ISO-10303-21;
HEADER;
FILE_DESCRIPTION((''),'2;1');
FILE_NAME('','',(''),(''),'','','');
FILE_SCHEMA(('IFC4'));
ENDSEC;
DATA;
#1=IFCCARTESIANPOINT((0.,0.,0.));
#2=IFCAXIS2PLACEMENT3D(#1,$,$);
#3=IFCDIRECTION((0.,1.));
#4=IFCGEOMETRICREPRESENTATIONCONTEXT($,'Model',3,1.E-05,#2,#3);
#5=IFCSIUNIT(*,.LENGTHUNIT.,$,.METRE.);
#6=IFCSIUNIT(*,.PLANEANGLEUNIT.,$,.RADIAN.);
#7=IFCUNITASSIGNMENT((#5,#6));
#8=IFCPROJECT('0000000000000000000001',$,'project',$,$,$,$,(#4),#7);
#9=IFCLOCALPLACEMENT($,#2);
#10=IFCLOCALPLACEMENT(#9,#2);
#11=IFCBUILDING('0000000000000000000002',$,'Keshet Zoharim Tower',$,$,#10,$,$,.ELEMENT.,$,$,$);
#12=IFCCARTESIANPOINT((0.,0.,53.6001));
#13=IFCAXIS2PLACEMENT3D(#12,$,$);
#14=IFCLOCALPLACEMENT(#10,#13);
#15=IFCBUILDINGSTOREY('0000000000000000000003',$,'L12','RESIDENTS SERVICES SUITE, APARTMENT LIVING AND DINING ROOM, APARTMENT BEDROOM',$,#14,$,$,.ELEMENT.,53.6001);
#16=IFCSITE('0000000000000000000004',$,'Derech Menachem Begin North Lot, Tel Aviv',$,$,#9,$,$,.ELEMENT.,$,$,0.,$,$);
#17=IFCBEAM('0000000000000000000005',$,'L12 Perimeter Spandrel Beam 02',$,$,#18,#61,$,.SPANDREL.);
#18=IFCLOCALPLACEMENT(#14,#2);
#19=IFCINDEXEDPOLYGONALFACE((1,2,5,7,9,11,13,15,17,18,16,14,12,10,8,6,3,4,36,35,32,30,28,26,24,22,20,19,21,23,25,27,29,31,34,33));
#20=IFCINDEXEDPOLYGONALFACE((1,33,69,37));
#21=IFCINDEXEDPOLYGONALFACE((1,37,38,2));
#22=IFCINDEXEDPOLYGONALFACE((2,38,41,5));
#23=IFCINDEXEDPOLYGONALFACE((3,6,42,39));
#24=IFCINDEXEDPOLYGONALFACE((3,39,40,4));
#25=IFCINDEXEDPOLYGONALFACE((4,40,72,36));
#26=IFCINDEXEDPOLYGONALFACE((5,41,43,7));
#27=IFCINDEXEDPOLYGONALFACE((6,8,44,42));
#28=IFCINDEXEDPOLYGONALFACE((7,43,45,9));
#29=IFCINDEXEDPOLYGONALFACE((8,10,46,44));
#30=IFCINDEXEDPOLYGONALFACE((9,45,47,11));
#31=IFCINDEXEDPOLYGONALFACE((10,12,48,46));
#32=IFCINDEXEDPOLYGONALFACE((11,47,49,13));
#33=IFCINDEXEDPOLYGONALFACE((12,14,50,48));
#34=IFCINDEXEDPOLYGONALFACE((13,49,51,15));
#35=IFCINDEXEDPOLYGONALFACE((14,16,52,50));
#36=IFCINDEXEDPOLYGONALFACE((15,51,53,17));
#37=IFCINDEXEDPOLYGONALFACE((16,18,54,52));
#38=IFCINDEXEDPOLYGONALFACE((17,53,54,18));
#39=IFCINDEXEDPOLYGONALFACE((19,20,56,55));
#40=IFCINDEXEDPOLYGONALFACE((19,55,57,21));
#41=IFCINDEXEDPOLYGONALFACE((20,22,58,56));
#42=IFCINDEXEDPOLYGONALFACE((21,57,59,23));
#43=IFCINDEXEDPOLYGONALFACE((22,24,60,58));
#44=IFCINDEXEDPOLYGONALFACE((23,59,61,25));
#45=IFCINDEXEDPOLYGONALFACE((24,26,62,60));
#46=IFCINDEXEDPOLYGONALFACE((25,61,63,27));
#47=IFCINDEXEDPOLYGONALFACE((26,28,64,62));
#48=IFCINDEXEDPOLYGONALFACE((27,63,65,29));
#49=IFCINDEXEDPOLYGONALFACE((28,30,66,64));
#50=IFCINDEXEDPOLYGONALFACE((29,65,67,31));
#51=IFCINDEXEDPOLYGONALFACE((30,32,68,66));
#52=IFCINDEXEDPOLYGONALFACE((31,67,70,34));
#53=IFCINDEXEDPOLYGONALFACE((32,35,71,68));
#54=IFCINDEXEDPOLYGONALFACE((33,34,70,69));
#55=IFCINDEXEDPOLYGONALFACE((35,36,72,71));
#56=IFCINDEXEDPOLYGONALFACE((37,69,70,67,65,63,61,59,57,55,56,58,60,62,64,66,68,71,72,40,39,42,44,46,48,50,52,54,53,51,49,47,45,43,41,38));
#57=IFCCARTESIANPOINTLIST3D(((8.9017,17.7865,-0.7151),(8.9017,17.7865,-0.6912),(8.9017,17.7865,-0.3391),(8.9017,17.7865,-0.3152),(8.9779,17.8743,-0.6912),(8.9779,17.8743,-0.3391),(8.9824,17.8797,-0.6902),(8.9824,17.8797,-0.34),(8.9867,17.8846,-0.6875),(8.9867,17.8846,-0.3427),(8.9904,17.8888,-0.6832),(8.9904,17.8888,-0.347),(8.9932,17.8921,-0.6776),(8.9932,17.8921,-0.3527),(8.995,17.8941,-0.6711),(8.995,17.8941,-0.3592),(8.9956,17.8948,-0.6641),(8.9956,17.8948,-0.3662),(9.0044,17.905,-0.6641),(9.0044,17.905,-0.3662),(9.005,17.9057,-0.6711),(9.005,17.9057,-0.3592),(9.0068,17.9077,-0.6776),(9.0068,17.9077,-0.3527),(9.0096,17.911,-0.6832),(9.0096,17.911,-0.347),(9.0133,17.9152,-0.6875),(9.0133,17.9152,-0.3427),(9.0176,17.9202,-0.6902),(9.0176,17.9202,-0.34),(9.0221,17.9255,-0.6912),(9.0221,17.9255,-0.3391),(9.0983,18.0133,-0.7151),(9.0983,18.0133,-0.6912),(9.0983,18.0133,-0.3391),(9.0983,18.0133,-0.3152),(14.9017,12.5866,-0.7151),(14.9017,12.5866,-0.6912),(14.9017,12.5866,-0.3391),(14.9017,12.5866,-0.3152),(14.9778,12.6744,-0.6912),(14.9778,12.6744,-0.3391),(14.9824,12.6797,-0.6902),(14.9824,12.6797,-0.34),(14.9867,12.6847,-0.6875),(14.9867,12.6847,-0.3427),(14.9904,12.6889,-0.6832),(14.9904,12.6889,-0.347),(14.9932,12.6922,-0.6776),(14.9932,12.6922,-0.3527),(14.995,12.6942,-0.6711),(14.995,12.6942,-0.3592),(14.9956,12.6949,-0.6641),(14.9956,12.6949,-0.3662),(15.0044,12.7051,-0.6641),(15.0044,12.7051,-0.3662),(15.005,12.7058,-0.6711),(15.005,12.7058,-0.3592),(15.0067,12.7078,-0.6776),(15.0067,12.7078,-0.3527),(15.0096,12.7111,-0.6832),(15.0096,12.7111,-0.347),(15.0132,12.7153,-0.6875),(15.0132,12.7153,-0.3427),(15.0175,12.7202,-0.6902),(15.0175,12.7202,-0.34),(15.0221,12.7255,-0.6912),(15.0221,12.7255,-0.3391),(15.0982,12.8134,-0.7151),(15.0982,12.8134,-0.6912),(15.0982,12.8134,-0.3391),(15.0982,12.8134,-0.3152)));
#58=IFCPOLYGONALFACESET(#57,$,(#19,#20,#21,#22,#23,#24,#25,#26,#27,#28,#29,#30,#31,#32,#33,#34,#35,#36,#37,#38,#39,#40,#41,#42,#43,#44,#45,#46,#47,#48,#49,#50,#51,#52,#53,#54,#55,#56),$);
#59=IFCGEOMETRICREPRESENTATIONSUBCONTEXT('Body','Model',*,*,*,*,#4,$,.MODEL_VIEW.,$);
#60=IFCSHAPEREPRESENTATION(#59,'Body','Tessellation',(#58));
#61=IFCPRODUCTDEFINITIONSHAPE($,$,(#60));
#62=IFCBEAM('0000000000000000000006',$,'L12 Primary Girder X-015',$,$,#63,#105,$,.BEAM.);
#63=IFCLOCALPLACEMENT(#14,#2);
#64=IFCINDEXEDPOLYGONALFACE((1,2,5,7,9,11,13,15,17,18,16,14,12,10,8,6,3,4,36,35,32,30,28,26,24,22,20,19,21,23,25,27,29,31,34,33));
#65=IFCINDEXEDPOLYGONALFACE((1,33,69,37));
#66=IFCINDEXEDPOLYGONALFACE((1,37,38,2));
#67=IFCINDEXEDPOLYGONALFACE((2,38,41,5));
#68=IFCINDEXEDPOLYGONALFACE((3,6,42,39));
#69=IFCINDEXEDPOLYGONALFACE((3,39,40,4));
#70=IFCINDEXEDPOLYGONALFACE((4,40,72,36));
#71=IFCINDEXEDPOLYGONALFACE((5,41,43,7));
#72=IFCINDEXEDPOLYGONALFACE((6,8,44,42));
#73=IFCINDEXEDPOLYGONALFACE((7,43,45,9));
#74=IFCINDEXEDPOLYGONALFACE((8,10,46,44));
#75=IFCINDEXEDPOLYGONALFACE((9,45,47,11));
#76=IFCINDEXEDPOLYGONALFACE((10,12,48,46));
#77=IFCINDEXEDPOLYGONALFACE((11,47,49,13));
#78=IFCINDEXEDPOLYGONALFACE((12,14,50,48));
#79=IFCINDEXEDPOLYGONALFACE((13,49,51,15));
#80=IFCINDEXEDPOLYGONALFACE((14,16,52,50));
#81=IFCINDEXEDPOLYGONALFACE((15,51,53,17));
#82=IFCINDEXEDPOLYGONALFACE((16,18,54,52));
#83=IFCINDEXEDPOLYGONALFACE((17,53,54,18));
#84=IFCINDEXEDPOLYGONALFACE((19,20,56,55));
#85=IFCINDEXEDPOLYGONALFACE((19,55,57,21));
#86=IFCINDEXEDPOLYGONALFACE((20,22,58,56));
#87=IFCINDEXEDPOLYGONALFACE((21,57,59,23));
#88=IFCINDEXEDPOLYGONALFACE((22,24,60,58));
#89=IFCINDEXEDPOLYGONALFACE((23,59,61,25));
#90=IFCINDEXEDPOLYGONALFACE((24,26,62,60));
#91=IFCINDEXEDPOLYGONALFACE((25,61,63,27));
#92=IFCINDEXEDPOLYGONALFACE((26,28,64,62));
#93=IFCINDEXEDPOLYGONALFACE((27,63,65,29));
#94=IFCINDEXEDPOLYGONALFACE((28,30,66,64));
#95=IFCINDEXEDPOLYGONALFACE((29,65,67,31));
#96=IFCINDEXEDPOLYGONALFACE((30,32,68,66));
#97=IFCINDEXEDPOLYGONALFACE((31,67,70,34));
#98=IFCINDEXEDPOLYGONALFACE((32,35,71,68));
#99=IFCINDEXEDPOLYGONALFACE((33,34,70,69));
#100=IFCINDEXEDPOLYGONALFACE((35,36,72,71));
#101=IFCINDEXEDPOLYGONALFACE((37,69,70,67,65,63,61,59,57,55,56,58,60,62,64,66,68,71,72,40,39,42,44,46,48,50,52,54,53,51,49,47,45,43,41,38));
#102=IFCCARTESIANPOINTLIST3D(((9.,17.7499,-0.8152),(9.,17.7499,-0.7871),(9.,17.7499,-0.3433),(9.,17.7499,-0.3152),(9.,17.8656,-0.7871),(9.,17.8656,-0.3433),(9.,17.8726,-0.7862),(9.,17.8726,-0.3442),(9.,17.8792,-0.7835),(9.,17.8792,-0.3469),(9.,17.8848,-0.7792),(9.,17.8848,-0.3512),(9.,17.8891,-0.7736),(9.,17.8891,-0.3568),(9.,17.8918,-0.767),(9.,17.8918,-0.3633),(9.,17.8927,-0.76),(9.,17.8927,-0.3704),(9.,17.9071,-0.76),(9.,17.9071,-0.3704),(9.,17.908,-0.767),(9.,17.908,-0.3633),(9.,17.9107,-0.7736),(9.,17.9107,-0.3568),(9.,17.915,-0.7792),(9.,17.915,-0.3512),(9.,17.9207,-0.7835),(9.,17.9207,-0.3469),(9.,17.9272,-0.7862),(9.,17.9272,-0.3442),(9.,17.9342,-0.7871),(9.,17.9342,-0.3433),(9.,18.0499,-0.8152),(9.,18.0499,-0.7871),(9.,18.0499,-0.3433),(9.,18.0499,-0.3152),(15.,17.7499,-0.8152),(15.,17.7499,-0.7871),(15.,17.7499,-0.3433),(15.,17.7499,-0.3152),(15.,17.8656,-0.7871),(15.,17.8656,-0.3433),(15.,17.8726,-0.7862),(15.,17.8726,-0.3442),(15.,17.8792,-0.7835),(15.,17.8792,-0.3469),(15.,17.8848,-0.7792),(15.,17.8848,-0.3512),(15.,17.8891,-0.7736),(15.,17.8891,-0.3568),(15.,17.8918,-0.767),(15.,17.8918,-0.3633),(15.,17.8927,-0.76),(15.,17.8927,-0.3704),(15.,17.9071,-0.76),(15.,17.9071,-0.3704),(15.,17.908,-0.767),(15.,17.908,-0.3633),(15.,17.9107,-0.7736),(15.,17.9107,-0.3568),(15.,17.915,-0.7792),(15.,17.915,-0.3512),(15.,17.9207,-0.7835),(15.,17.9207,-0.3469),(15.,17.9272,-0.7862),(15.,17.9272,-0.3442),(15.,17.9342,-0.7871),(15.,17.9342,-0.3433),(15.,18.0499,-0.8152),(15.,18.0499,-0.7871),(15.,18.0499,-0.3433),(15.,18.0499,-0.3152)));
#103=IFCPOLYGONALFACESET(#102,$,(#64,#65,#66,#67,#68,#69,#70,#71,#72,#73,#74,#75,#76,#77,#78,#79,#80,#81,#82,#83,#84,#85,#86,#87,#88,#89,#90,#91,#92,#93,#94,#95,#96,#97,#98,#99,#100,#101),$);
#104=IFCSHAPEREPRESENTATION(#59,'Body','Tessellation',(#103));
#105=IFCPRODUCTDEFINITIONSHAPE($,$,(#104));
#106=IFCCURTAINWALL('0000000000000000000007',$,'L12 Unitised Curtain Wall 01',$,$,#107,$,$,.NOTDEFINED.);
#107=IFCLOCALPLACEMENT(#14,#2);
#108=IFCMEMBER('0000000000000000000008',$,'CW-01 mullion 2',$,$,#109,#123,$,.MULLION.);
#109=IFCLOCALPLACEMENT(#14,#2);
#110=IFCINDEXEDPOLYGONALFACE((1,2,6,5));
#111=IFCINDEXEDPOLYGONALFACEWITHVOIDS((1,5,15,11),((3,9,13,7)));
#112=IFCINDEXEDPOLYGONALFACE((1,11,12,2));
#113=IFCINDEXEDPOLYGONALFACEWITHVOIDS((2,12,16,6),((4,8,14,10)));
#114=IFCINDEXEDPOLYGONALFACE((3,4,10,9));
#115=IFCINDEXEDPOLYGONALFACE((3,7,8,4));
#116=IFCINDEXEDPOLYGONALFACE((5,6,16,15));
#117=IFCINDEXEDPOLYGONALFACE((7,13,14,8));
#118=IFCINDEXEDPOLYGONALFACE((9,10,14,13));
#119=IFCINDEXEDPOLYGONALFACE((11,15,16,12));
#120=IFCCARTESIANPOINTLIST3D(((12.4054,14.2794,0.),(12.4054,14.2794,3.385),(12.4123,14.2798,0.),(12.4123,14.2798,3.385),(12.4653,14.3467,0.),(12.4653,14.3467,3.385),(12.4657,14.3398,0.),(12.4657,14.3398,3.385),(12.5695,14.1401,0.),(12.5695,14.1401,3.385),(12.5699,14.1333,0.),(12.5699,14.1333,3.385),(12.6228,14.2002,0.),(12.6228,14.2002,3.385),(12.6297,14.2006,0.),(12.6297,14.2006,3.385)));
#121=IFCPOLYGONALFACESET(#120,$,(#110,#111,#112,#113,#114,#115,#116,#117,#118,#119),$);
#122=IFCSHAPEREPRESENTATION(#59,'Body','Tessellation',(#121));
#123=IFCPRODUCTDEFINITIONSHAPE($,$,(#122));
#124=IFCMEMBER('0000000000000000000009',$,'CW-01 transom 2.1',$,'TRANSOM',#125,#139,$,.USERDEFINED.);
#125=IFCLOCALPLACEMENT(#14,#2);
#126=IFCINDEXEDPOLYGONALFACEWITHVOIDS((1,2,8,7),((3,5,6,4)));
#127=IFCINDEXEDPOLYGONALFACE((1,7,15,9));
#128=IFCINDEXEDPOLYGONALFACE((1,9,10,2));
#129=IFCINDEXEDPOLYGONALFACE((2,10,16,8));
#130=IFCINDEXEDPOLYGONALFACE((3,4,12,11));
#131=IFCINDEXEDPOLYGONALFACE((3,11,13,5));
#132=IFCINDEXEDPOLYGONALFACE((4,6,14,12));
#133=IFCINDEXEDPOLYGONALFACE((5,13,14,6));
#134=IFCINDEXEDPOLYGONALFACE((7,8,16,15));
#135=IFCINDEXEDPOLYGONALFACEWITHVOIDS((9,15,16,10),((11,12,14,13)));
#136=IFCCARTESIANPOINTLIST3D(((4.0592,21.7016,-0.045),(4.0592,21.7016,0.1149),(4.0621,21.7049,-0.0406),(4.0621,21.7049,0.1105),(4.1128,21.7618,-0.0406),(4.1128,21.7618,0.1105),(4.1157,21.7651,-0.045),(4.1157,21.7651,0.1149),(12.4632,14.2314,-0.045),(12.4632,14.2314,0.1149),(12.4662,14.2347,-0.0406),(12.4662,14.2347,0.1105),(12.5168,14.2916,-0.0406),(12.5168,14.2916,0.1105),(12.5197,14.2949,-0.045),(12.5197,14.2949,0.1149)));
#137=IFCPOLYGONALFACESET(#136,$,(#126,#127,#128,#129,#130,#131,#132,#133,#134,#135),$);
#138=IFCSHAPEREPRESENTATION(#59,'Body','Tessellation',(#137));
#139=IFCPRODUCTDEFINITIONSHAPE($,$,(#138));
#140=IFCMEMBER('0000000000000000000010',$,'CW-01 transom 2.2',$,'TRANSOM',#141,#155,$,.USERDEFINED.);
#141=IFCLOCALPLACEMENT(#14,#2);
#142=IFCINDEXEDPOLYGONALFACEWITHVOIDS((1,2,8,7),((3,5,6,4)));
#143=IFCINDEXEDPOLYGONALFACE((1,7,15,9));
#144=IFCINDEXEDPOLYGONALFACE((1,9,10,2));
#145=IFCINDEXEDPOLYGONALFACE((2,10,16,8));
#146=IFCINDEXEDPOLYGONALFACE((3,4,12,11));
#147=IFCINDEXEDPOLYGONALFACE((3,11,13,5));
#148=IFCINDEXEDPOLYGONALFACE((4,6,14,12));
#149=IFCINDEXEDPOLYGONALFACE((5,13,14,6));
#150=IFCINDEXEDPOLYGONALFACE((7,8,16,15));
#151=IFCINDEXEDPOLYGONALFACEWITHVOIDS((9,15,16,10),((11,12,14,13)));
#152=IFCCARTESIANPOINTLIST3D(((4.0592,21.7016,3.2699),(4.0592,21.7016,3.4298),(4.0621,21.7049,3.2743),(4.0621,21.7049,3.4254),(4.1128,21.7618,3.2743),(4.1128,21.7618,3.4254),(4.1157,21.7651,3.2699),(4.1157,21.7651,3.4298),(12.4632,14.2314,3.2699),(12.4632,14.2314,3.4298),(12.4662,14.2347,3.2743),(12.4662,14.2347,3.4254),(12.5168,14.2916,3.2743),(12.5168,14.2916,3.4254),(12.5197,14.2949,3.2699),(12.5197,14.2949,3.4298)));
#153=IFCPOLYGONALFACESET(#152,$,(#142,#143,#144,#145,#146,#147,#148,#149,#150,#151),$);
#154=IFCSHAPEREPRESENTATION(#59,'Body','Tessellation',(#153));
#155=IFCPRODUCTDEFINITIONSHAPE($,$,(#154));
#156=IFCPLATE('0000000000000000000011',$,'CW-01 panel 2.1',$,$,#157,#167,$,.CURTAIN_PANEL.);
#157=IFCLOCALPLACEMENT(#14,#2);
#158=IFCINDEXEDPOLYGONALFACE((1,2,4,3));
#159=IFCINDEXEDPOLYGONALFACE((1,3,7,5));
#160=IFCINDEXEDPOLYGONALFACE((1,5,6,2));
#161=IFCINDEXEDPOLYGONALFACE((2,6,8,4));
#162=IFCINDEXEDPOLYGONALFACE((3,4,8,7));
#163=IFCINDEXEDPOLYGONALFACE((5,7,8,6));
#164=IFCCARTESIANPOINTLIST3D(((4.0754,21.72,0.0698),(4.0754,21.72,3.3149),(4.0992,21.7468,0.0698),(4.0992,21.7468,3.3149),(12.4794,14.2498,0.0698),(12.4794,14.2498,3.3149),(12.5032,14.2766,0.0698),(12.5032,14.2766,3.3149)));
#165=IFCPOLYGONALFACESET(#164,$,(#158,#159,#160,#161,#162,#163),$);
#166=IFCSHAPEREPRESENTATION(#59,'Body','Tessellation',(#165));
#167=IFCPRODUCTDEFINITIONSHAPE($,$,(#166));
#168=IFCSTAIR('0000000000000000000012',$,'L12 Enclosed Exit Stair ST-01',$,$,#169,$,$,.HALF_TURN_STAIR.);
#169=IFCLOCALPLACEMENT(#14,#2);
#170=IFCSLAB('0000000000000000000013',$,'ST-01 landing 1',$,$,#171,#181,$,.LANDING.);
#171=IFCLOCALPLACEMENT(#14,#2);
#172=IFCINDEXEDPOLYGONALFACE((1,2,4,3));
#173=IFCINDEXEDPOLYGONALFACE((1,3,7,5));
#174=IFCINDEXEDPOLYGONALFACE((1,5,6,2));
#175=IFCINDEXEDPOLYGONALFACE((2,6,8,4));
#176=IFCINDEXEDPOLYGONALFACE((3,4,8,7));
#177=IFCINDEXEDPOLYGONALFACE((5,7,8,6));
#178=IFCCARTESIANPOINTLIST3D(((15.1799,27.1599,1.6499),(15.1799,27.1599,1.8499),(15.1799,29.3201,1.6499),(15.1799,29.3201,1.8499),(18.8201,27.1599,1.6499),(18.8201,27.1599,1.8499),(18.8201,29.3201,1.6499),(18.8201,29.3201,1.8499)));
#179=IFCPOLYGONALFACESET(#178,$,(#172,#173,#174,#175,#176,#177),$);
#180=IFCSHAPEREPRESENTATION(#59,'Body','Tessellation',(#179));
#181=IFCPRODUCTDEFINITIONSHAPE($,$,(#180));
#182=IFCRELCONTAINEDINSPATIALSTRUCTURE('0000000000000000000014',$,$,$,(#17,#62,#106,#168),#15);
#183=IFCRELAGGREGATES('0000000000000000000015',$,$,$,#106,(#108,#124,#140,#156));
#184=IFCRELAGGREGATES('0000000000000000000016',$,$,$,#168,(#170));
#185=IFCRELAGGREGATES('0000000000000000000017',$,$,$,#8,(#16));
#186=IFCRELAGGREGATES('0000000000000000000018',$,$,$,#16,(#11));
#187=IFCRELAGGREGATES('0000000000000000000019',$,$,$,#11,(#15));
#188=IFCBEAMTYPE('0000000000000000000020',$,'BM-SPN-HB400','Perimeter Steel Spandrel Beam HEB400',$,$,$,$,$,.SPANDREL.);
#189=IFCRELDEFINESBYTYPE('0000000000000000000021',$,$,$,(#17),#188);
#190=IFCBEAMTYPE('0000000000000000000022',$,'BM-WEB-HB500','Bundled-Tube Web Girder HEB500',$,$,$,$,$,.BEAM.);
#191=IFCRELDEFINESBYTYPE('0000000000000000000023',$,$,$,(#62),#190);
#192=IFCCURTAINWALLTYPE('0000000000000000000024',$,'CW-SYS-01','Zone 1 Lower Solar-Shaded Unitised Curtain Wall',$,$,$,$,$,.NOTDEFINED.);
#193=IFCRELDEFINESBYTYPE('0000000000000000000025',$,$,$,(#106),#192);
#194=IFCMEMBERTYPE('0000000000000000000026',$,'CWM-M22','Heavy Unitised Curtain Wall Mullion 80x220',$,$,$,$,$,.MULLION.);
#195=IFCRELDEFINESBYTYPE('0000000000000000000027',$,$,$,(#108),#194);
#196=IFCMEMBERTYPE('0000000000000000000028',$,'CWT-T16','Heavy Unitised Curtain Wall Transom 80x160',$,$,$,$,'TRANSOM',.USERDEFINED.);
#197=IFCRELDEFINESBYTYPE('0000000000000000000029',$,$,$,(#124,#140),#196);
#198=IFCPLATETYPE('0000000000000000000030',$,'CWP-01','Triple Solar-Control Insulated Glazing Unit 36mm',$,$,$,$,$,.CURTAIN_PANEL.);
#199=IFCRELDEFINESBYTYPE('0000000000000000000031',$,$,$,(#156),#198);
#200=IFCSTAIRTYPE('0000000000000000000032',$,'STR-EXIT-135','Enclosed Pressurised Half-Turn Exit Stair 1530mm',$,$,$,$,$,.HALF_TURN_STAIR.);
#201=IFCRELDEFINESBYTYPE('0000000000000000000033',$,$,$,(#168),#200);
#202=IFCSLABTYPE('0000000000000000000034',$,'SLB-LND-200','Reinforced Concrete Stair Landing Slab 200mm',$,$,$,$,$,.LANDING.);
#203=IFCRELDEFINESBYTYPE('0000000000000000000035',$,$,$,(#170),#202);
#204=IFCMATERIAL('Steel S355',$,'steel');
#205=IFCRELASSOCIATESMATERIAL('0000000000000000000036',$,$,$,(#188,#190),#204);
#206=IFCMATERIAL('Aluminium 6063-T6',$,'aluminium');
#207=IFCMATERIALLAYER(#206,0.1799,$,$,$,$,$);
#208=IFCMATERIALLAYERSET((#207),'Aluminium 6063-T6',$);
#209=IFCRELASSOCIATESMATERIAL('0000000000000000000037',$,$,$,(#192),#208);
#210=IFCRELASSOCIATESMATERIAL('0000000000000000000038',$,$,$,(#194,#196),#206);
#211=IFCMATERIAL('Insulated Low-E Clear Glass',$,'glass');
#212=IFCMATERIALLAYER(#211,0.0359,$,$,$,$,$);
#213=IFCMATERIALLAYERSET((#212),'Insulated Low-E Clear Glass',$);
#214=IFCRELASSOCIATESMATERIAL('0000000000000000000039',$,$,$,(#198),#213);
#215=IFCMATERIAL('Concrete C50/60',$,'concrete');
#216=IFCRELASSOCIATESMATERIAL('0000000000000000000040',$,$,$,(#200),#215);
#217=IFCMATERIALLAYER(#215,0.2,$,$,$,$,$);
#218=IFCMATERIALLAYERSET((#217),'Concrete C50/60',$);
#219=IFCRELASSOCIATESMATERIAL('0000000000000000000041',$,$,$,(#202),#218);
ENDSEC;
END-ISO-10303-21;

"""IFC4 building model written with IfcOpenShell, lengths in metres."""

from ifc_helpers import new_model, si_unit, direction, frame, origin, origin_2d, place, context, subcontext, project, spatial, polyline, rectangle, hollow_rectangle, i_section, outline, extrude, material, layer, layer_set, material_profile, profile_set, type_object, element, aggregate, save


model = new_model("IFC4")

# Units and contexts
model_context = context("Model", 3, precision=1e-05, world=origin(), true_north=direction((0.0, 1.0)))
body_context = subcontext(model_context, "Body", "Model", "MODEL_VIEW")
ifc_project = project(units=[si_unit("LENGTHUNIT", "METRE"), si_unit("PLANEANGLEUNIT", "RADIAN")], contexts=[model_context])

# Site, building, storey
site_placement = place(None, origin())
site = spatial("IfcSite", under=ifc_project, at=site_placement, Name="Derech Menachem Begin North Lot, Tel Aviv", CompositionType="ELEMENT", RefElevation=0.0)
building_placement = place(site_placement, origin())
building = spatial("IfcBuilding", under=site, at=building_placement, Name="Keshet Zoharim Tower", CompositionType="ELEMENT")
storey_placement = place(building_placement, frame((0.0, 0.0, 53.6001)))
storey = spatial("IfcBuildingStorey", under=building, at=storey_placement, Name="L12", Description="RESIDENTS SERVICES SUITE, APARTMENT LIVING AND DINING ROOM, APARTMENT BEDROOM", CompositionType="ELEMENT", Elevation=53.6001)

# Shared definitions
ifc_material_1 = material(Name="Steel S355", Category="steel")

# Beams
ifc_material_profile_1 = material_profile(ifc_material_1, i_section(OverallWidth=0.3, OverallDepth=0.3999, WebThickness=0.0134, FlangeThickness=0.0239, FilletRadius=0.0271, at=origin_2d()), Name="HEB400")
ifc_profile_set_1 = profile_set([ifc_material_profile_1], Name="Steel S355")
beam_type_1 = type_object("IfcBeamType", Name="BM-SPN-HB400", Description="Perimeter Steel Spandrel Beam HEB400", PredefinedType="SPANDREL", material=ifc_profile_set_1)
beam_1_placement = place(storey_placement, frame((9.0, 17.8999, -0.5151), z_axis=(0.755692, -0.654927, 0.0), x_axis=(0.654927, 0.755692, 0.0)))
element("IfcBeam", 1, at=beam_1_placement, inside=storey, type_object=beam_type_1, Name="L12 Perimeter Spandrel Beam 02", PredefinedType="SPANDREL", context=body_context, shape_type="SweptSolid", body=[
    extrude(i_section(OverallWidth=0.3, OverallDepth=0.3999, WebThickness=0.0134, FlangeThickness=0.0239, FilletRadius=0.0271, at=origin_2d()), origin(), (0.0, 0.0, 1.0), 7.9397),
])
ifc_material_profile_2 = material_profile(ifc_material_1, i_section(OverallWidth=0.3, OverallDepth=0.5, WebThickness=0.0144, FlangeThickness=0.0281, FilletRadius=0.0271, at=origin_2d()), Name="HEB500")
ifc_profile_set_2 = profile_set([ifc_material_profile_2], Name="Steel S355")
beam_type_2 = type_object("IfcBeamType", Name="BM-WEB-HB500", Description="Bundled-Tube Web Girder HEB500", PredefinedType="BEAM", material=ifc_profile_set_2)
beam_2_placement = place(storey_placement, frame((9.0, 17.8999, -0.5652), z_axis=(1.0, 0.0, 0.0), x_axis=(0.0, 1.0, 0.0)))
element("IfcBeam", 2, at=beam_2_placement, inside=storey, type_object=beam_type_2, Name="L12 Primary Girder X-015", PredefinedType="BEAM", context=body_context, shape_type="SweptSolid", body=[
    extrude(i_section(OverallWidth=0.3, OverallDepth=0.5, WebThickness=0.0144, FlangeThickness=0.0281, FilletRadius=0.0271, at=origin_2d()), origin(), (0.0, 0.0, 1.0), 6.0),
])

# Curtain wall, members, plate
ifc_material_2 = material(Name="Aluminium 6063-T6", Category="aluminium")
ifc_layer_1 = layer(ifc_material_2, 0.1799)
ifc_layer_set_1 = layer_set([ifc_layer_1], Name="Aluminium 6063-T6")
curtain_wall_type = type_object("IfcCurtainWallType", Name="CW-SYS-01", Description="Zone 1 Lower Solar-Shaded Unitised Curtain Wall", PredefinedType="NOTDEFINED", material=ifc_layer_set_1)
curtain_wall_placement = place(storey_placement, origin())
curtain_wall = element("IfcCurtainWall", 3, at=curtain_wall_placement, inside=storey, type_object=curtain_wall_type, Name="L12 Unitised Curtain Wall 01", PredefinedType="NOTDEFINED")
ifc_material_profile_3 = material_profile(ifc_material_2, hollow_rectangle(XDim=0.0901, YDim=0.22, WallThickness=0.0049, at=origin_2d()), Name="MUL-90x220")
ifc_profile_set_3 = profile_set([ifc_material_profile_3], Name="Aluminium 6063-T6")
member_type_1 = type_object("IfcMemberType", Name="CWM-M22", Description="Heavy Unitised Curtain Wall Mullion 80x220", PredefinedType="MULLION", material=ifc_profile_set_3)
member_1_placement = place(storey_placement, frame((12.5176, 14.24, 0.0), z_axis=(0.0, 0.0, 1.0), x_axis=(-0.664364, -0.747409, 0.0)))
member_1 = element("IfcMember", 4, at=member_1_placement, type_object=member_type_1, Name="CW-01 mullion 2", PredefinedType="MULLION", context=body_context, shape_type="SweptSolid", body=[
    extrude(hollow_rectangle(XDim=0.0901, YDim=0.22, WallThickness=0.0049, at=origin_2d()), origin(), (0.0, 0.0, 1.0), 3.385),
])
ifc_material_profile_4 = material_profile(ifc_material_2, hollow_rectangle(XDim=0.085, YDim=0.1599, WallThickness=0.0044, at=origin_2d()), Name="TRN-85x160")
ifc_profile_set_4 = profile_set([ifc_material_profile_4], Name="Aluminium 6063-T6")
member_type_2 = type_object("IfcMemberType", Name="CWT-T16", Description="Heavy Unitised Curtain Wall Transom 80x160", ElementType="TRANSOM", PredefinedType="USERDEFINED", material=ifc_profile_set_4)
member_2_placement = place(storey_placement, frame((12.4915, 14.2632, 0.0349), z_axis=(-0.747412, 0.664361, 0.0), x_axis=(-0.664361, -0.747412, 0.0)))
member_2 = element("IfcMember", 5, at=member_2_placement, type_object=member_type_2, Name="CW-01 transom 2.1", ObjectType="TRANSOM", PredefinedType="USERDEFINED", context=body_context, shape_type="SweptSolid", body=[
    extrude(hollow_rectangle(XDim=0.085, YDim=0.1599, WallThickness=0.0044, at=origin_2d()), origin(), (0.0, 0.0, 1.0), 11.2441),
])
member_3_placement = place(storey_placement, frame((12.4915, 14.2632, 3.3499), z_axis=(-0.747412, 0.664361, 0.0), x_axis=(-0.664361, -0.747412, 0.0)))
member_3 = element("IfcMember", 6, at=member_3_placement, type_object=member_type_2, Name="CW-01 transom 2.2", ObjectType="TRANSOM", PredefinedType="USERDEFINED", context=body_context, shape_type="SweptSolid", body=[
    extrude(hollow_rectangle(XDim=0.085, YDim=0.1599, WallThickness=0.0044, at=origin_2d()), origin(), (0.0, 0.0, 1.0), 11.2441),
])
ifc_material_3 = material(Name="Insulated Low-E Clear Glass", Category="glass")
ifc_layer_2 = layer(ifc_material_3, 0.0359)
ifc_layer_set_2 = layer_set([ifc_layer_2], Name="Insulated Low-E Clear Glass")
plate_type = type_object("IfcPlateType", Name="CWP-01", Description="Triple Solar-Control Insulated Glazing Unit 36mm", PredefinedType="CURTAIN_PANEL", material=ifc_layer_set_2)
plate_placement = place(storey_placement, frame((8.2893, 17.9983, 0.0698), z_axis=(0.0, 0.0, 1.0), x_axis=(-0.747409, 0.664364, 0.0)))
plate = element("IfcPlate", 7, at=plate_placement, type_object=plate_type, Name="CW-01 panel 2.1", PredefinedType="CURTAIN_PANEL", context=body_context, shape_type="SweptSolid", body=[
    extrude(rectangle(XDim=11.2441, YDim=0.0359, at=origin_2d()), origin(), (0.0, 0.0, 1.0), 3.2451),
])
aggregate(curtain_wall, [member_1, member_2, member_3, plate])

# Stair, slab
ifc_material_4 = material(Name="Concrete C50/60", Category="concrete")
stair_type = type_object("IfcStairType", Name="STR-EXIT-135", Description="Enclosed Pressurised Half-Turn Exit Stair 1530mm", PredefinedType="HALF_TURN_STAIR", material=ifc_material_4)
stair_1_placement = place(storey_placement, origin())
stair_1 = element("IfcStair", 8, at=stair_1_placement, inside=storey, type_object=stair_type, Name="L12 Enclosed Exit Stair ST-01", PredefinedType="HALF_TURN_STAIR")
ifc_layer_3 = layer(ifc_material_4, 0.2)
ifc_layer_set_3 = layer_set([ifc_layer_3], Name="Concrete C50/60")
slab_type_1 = type_object("IfcSlabType", Name="SLB-LND-200", Description="Reinforced Concrete Stair Landing Slab 200mm", PredefinedType="LANDING", material=ifc_layer_set_3)
slab_1_placement = place(storey_placement, frame((0.0, 0.0, 1.6499)))
slab_1 = element("IfcSlab", 9, at=slab_1_placement, type_object=slab_type_1, Name="ST-01 landing 1", PredefinedType="LANDING", context=body_context, shape_type="SweptSolid", body=[
    extrude(outline(polyline([(15.1799, 27.1599), (18.8201, 27.1599), (18.8201, 29.3201), (15.1799, 29.3201), (15.1799, 27.1599)])), origin(), (0.0, 0.0, 1.0), 0.2),
])
aggregate(stair_1, [slab_1])

save(model, "model.ifc")
